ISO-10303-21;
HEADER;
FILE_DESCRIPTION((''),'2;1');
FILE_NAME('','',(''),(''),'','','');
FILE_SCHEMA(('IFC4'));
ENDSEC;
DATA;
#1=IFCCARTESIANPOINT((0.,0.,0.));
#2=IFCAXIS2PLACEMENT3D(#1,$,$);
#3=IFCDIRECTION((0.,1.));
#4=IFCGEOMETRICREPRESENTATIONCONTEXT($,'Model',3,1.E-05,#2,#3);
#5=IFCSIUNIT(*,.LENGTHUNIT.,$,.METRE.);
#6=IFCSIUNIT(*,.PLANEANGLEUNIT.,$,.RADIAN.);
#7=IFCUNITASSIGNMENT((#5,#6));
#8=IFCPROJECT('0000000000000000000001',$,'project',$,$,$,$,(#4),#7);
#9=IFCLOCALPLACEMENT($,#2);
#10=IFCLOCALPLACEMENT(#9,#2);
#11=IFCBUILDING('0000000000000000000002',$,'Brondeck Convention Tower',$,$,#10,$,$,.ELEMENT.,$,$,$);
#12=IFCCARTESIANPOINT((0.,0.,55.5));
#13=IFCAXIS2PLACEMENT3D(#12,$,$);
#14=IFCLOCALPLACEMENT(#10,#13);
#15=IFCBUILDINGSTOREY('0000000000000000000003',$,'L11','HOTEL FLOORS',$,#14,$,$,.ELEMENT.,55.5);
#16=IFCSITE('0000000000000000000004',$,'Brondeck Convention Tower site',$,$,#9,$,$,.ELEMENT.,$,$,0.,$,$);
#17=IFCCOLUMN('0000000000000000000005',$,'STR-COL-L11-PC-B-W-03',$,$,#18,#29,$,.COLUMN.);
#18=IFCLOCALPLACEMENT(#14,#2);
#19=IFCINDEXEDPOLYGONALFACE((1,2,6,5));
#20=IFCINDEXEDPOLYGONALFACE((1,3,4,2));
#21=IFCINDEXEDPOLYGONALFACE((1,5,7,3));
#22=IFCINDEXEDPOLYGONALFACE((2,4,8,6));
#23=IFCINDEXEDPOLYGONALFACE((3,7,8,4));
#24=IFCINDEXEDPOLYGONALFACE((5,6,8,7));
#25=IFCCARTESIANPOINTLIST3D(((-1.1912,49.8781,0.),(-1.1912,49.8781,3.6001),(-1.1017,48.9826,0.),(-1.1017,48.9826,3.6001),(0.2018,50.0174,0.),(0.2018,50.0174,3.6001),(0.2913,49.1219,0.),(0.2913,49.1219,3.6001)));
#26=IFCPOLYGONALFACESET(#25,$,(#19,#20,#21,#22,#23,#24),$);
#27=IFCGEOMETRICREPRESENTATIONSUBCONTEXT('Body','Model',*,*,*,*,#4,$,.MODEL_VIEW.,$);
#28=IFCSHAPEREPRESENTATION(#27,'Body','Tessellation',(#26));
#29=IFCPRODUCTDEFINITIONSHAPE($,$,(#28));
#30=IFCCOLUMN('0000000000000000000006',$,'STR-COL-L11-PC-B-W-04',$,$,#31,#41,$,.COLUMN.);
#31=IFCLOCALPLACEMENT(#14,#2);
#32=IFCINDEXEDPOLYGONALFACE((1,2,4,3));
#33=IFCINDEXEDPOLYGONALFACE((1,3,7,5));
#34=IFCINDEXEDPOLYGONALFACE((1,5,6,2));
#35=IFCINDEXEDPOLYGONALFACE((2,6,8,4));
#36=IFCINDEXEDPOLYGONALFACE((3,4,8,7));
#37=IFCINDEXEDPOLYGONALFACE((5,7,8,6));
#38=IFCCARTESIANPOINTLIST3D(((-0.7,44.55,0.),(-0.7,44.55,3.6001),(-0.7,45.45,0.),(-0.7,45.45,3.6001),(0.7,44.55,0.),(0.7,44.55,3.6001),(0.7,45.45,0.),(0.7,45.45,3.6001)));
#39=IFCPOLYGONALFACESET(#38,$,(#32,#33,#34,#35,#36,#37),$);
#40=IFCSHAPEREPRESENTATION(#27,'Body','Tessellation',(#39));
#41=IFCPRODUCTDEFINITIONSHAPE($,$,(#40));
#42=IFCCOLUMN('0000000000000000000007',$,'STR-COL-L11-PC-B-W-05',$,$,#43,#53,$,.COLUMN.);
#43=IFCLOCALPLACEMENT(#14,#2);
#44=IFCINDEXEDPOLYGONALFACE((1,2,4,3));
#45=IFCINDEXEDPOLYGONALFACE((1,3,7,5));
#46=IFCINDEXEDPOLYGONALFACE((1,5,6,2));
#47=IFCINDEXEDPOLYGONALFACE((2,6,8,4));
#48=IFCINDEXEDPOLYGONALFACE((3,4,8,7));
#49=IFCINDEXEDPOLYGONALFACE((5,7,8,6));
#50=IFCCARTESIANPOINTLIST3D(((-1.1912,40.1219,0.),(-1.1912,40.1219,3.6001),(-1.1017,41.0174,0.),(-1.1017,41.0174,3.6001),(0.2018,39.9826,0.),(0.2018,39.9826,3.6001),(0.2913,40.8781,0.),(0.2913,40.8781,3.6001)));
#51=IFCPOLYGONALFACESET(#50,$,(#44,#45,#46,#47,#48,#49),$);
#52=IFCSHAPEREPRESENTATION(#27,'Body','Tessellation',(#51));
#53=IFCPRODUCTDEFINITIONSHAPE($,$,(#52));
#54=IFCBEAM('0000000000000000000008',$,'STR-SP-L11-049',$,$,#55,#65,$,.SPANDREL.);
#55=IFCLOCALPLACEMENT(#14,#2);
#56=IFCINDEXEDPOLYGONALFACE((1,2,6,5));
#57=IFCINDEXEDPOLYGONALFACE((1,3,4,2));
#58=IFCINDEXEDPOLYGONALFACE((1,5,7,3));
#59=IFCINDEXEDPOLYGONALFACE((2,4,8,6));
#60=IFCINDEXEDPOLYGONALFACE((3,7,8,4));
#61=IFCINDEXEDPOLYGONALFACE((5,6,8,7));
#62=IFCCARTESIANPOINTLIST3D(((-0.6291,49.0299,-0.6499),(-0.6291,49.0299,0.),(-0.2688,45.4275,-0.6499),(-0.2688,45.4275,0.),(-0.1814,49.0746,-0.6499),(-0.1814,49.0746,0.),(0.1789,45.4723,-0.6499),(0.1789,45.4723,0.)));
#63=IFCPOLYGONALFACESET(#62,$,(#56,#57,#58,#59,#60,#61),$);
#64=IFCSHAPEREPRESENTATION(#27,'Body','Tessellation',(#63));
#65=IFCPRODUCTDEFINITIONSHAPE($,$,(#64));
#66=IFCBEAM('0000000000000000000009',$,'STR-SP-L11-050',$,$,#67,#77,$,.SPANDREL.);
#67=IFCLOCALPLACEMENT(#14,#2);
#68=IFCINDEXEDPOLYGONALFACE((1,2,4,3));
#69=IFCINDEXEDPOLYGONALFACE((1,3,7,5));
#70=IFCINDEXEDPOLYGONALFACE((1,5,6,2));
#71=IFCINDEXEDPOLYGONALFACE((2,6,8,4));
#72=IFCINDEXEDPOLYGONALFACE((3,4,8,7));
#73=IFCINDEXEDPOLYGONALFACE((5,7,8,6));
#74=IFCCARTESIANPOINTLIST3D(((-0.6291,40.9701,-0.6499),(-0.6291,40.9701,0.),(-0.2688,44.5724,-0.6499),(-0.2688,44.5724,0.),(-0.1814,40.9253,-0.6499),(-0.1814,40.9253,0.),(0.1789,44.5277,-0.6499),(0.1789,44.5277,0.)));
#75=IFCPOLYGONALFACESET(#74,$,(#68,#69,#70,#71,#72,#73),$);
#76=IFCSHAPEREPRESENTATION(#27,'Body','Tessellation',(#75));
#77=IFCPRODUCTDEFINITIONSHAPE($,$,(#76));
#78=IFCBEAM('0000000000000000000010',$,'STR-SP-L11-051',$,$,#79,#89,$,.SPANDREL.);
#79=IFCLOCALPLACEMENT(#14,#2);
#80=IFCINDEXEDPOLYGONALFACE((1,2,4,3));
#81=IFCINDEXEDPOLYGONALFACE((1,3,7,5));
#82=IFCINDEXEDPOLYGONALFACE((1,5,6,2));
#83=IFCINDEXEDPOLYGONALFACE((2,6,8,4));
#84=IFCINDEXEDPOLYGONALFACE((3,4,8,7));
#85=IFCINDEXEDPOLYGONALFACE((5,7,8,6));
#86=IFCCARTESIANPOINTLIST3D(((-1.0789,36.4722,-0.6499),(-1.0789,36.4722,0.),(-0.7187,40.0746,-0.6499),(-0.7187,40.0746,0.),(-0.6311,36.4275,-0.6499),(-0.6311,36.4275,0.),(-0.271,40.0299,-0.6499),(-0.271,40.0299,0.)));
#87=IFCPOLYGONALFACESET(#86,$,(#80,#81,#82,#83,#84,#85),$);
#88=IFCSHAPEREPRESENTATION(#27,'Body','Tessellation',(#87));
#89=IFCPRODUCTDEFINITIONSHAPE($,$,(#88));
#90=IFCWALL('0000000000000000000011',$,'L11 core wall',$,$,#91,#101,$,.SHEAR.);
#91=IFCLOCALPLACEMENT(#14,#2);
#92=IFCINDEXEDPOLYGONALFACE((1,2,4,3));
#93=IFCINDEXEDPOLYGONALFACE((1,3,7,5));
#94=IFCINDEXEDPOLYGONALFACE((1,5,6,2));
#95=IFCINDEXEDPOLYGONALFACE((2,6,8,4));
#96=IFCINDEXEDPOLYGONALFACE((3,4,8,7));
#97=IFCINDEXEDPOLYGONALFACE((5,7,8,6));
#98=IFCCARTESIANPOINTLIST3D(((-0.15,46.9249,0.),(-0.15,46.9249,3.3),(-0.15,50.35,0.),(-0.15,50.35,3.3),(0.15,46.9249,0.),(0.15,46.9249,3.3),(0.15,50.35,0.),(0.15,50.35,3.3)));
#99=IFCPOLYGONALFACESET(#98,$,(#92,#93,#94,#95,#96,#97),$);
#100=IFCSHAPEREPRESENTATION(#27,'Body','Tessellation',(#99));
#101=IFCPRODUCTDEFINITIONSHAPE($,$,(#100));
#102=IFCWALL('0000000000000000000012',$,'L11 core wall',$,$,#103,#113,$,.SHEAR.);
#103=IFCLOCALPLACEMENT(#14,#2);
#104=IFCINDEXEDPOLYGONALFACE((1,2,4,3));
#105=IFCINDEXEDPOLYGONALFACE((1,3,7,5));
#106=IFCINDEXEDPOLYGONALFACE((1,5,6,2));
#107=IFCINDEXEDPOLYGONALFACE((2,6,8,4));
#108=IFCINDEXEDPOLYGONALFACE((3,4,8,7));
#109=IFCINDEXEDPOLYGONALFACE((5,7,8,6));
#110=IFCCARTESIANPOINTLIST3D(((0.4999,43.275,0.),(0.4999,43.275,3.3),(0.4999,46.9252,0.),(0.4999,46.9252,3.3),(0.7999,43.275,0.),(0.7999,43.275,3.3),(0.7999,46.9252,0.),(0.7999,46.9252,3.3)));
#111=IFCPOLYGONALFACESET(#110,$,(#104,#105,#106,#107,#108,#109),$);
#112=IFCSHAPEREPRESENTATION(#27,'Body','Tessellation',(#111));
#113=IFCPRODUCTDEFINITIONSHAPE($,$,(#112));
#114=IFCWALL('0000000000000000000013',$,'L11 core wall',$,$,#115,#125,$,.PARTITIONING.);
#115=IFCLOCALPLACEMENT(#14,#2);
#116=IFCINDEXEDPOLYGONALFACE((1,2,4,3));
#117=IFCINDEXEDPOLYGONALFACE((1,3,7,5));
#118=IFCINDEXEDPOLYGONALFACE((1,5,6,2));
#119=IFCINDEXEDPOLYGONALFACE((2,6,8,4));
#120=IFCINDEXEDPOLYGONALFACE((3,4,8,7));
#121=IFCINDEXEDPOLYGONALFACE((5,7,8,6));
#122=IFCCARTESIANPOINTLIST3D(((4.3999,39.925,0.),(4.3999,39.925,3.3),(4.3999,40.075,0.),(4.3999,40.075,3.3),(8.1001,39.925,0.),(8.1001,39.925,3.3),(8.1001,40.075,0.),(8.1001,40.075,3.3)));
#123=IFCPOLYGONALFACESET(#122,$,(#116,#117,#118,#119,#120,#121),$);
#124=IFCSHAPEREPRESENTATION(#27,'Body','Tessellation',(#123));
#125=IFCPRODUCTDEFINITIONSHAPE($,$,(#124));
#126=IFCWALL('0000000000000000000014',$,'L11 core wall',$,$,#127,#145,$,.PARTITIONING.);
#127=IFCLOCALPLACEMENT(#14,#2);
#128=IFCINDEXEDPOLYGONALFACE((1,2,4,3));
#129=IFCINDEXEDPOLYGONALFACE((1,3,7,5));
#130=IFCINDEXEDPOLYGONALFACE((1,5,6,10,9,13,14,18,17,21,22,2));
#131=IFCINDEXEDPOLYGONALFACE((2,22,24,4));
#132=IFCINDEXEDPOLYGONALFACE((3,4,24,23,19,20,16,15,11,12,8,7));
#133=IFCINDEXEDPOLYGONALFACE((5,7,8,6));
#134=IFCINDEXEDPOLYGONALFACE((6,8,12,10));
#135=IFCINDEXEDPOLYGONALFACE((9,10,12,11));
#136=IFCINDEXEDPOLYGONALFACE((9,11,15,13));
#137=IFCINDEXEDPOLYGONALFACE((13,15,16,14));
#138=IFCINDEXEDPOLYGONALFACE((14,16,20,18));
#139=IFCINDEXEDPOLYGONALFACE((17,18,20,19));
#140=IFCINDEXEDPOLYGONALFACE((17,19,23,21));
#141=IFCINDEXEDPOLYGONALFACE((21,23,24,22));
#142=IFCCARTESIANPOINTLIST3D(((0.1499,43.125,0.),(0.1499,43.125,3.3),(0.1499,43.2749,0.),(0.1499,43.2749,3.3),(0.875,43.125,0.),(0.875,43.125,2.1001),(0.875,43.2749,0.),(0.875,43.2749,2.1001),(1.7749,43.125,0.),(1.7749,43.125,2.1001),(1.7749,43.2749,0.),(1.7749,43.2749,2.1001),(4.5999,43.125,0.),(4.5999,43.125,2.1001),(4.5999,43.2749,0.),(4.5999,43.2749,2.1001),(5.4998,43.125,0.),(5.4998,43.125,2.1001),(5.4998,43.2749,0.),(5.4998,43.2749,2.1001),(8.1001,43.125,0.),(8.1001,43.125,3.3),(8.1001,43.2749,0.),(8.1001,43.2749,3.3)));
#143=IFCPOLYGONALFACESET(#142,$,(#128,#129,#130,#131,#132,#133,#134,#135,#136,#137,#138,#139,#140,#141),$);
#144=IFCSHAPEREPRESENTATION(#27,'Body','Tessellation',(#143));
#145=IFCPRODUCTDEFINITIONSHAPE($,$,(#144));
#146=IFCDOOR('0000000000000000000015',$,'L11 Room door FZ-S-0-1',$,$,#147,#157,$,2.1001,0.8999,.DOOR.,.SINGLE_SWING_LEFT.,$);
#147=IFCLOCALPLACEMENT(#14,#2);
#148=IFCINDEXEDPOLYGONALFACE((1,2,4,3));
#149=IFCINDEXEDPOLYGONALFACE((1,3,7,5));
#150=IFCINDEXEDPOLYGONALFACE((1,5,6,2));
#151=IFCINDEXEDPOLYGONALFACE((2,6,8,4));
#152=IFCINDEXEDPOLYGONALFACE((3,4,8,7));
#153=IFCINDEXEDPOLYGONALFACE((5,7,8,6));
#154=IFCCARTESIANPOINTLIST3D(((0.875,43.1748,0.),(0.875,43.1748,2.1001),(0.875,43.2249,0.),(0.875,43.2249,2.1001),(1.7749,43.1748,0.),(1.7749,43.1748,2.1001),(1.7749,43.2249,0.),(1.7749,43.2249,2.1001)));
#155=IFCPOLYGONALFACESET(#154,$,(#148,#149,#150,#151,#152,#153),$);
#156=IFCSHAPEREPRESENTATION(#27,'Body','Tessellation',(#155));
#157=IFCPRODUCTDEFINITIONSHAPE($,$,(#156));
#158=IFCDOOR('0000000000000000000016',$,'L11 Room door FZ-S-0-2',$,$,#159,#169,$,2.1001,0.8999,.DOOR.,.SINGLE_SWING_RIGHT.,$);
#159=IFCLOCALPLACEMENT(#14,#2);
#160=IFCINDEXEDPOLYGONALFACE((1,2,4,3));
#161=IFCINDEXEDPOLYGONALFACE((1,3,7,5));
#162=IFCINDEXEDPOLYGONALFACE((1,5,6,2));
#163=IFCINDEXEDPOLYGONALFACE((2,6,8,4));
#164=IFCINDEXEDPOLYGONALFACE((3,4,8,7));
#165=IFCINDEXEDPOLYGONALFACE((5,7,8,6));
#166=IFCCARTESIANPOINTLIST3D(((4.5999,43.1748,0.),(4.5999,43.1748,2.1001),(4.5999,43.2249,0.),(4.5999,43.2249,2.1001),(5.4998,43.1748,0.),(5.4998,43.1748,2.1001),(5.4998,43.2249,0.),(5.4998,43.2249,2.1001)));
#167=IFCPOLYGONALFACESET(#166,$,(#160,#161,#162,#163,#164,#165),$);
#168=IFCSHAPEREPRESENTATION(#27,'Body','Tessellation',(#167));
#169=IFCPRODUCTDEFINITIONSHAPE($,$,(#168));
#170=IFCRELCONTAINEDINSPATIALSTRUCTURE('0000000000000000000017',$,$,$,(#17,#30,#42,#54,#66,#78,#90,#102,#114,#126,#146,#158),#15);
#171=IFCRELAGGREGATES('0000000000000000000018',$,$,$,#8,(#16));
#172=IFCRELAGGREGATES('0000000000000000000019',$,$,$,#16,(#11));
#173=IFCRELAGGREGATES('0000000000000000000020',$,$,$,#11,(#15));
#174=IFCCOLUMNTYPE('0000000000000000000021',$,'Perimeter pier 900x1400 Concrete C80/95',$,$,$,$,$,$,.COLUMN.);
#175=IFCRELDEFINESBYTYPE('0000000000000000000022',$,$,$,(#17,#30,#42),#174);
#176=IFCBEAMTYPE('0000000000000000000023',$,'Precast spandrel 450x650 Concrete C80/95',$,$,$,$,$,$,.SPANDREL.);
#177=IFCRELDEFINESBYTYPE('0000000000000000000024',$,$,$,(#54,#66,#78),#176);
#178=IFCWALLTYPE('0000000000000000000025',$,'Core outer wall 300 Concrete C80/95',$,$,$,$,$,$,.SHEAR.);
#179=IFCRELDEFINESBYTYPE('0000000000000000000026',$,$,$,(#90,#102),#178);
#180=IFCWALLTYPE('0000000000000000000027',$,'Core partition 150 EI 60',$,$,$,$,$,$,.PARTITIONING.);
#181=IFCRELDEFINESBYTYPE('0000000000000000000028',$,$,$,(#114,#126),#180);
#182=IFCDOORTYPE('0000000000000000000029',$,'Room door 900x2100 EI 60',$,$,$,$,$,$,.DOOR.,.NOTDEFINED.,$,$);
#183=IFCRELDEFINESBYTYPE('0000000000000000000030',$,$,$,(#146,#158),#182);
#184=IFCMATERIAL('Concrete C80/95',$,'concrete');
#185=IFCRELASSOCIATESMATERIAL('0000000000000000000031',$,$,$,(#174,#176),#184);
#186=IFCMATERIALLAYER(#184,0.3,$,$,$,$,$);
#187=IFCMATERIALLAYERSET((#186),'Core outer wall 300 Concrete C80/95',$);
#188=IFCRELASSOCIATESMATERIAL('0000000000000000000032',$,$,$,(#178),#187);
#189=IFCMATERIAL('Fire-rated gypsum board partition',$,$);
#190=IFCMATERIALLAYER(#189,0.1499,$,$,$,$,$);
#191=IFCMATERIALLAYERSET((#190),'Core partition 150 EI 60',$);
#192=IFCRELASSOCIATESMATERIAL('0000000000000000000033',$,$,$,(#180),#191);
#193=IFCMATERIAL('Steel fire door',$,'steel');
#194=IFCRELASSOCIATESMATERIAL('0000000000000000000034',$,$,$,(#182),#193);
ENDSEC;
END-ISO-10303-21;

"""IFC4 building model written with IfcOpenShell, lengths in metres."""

from ifc_helpers import new_model, si_unit, direction, frame, frame_2d, origin, origin_2d, place, context, subcontext, project, spatial, rectangle, extrude, material, layer, layer_set, material_profile, profile_set, type_object, element, fill, save


model = new_model("IFC4")

# Units and contexts
model_context = context("Model", 3, precision=1e-05, world=origin(), true_north=direction((0.0, 1.0)))
body_context = subcontext(model_context, "Body", "Model", "MODEL_VIEW")
ifc_project = project(units=[si_unit("LENGTHUNIT", "METRE"), si_unit("PLANEANGLEUNIT", "RADIAN")], contexts=[model_context])

# Site, building, storey
site_placement = place(None, origin())
site = spatial("IfcSite", under=ifc_project, at=site_placement, Name="Brondeck Convention Tower site", CompositionType="ELEMENT", RefElevation=0.0)
building_placement = place(site_placement, origin())
building = spatial("IfcBuilding", under=site, at=building_placement, Name="Brondeck Convention Tower", CompositionType="ELEMENT")
storey_placement = place(building_placement, frame((0.0, 0.0, 55.5)))
storey = spatial("IfcBuildingStorey", under=building, at=storey_placement, Name="L11", Description="HOTEL FLOORS", CompositionType="ELEMENT", Elevation=55.5)

# Columns
ifc_material_1 = material(Name="Concrete C80/95", Category="concrete")
ifc_material_profile_1 = material_profile(ifc_material_1, rectangle(XDim=0.8999, YDim=1.3999, at=origin_2d()), Name="Perimeter pier 900x1400 Concrete C80/95")
ifc_profile_set_1 = profile_set([ifc_material_profile_1], Name="Concrete C80/95")
column_type = type_object("IfcColumnType", Name="Perimeter pier 900x1400 Concrete C80/95", PredefinedType="COLUMN", material=ifc_profile_set_1)
for number, where, z_axis, x_axis, name in (
    (1, (-0.45, 49.5, 0.0), (0.0, 0.0, 1.0), (0.099504, -0.995037, 0.0), "STR-COL-L11-PC-B-W-03"),
    (2, (0.0, 45.0, 0.0), (0.0, 0.0, 1.0), (0.0, -1.0, 0.0), "STR-COL-L11-PC-B-W-04"),
    (3, (-0.45, 40.5, 0.0), (0.0, 0.0, 1.0), (-0.099504, -0.995037, 0.0), "STR-COL-L11-PC-B-W-05"),
):
    element("IfcColumn", number, at=place(storey_placement, frame(where, z_axis=z_axis, x_axis=x_axis)), inside=storey, type_object=column_type, Name=name, PredefinedType="COLUMN", context=body_context, shape_type="SweptSolid", body=[
        extrude(rectangle(XDim=0.8999, YDim=1.3999, at=origin_2d()), origin(), (0.0, 0.0, 1.0), 3.6001),
    ])

# Beams
ifc_material_profile_2 = material_profile(ifc_material_1, rectangle(XDim=0.45, YDim=0.6499, at=origin_2d()), Name="Precast spandrel 450x650 Concrete C80/95")
ifc_profile_set_2 = profile_set([ifc_material_profile_2], Name="Concrete C80/95")
beam_type = type_object("IfcBeamType", Name="Precast spandrel 450x650 Concrete C80/95", PredefinedType="SPANDREL", material=ifc_profile_set_2)
for number, where, z_axis, x_axis, name in (
    (4, (-0.4053, 49.0522, -0.325), (0.099537, -0.995034, 0.0), (0.995034, 0.099537, 0.0), "STR-SP-L11-049"),
    (5, (-0.0449, 44.55, -0.325), (-0.099537, -0.995034, 0.0), (0.995034, -0.099537, 0.0), "STR-SP-L11-050"),
    (6, (-0.4949, 40.0522, -0.325), (-0.09947, -0.995041, 0.0), (0.995041, -0.09947, 0.0), "STR-SP-L11-051"),
):
    element("IfcBeam", number, at=place(storey_placement, frame(where, z_axis=z_axis, x_axis=x_axis)), inside=storey, type_object=beam_type, Name=name, PredefinedType="SPANDREL", context=body_context, shape_type="SweptSolid", body=[
        extrude(rectangle(XDim=0.45, YDim=0.6499, at=origin_2d()), origin(), (0.0, 0.0, 1.0), 3.6204),
    ])

# Walls
ifc_layer_1 = layer(ifc_material_1, 0.3)
ifc_layer_set_1 = layer_set([ifc_layer_1], Name="Core outer wall 300 Concrete C80/95")
wall_type_1 = type_object("IfcWallType", Name="Core outer wall 300 Concrete C80/95", PredefinedType="SHEAR", material=ifc_layer_set_1)
wall_1_placement = place(storey_placement, frame((0.0, 46.925, 0.0), z_axis=(0.0, 0.0, 1.0), x_axis=(0.0, 1.0, 0.0)))
element("IfcWall", 7, at=wall_1_placement, inside=storey, type_object=wall_type_1, Name="L11 core wall", PredefinedType="SHEAR", context=body_context, shape_type="SweptSolid", body=[
    extrude(rectangle(XDim=3.425, YDim=0.3, at=frame_2d((1.7124, 0.0))), origin(), (0.0, 0.0, 1.0), 3.3),
])
wall_2_placement = place(storey_placement, frame((0.6499, 43.2749, 0.0), z_axis=(0.0, 0.0, 1.0), x_axis=(0.0, 1.0, 0.0)))
element("IfcWall", 8, at=wall_2_placement, inside=storey, type_object=wall_type_1, Name="L11 core wall", PredefinedType="SHEAR", context=body_context, shape_type="SweptSolid", body=[
    extrude(rectangle(XDim=3.6501, YDim=0.3, at=frame_2d((1.8252, 0.0))), origin(), (0.0, 0.0, 1.0), 3.3),
])
ifc_material_2 = material(Name="Fire-rated gypsum board partition")
ifc_layer_2 = layer(ifc_material_2, 0.1499)
ifc_layer_set_2 = layer_set([ifc_layer_2], Name="Core partition 150 EI 60")
wall_type_2 = type_object("IfcWallType", Name="Core partition 150 EI 60", PredefinedType="PARTITIONING", material=ifc_layer_set_2)
wall_3_placement = place(storey_placement, frame((4.3999, 40.0, 0.0), z_axis=(0.0, 0.0, 1.0), x_axis=(1.0, 0.0, 0.0)))
element("IfcWall", 9, at=wall_3_placement, inside=storey, type_object=wall_type_2, Name="L11 core wall", PredefinedType="PARTITIONING", context=body_context, shape_type="SweptSolid", body=[
    extrude(rectangle(XDim=3.7002, YDim=0.1499, at=frame_2d((1.8501, 0.0))), origin(), (0.0, 0.0, 1.0), 3.3),
])

# Wall, openings, doors
wall_4_placement = place(storey_placement, frame((0.1499, 43.2, 0.0), z_axis=(0.0, 0.0, 1.0), x_axis=(1.0, 0.0, 0.0)))
wall_4 = element("IfcWall", 10, at=wall_4_placement, inside=storey, type_object=wall_type_2, Name="L11 core wall", PredefinedType="PARTITIONING", context=body_context, shape_type="SweptSolid", body=[
    extrude(rectangle(XDim=7.9502, YDim=0.1499, at=frame_2d((3.9751, 0.0))), origin(), (0.0, 0.0, 1.0), 3.3),
])
opening_1_placement = place(wall_4_placement, frame((0.7251, 0.0, 0.0)))
opening_1 = element("IfcOpeningElement", 11, at=opening_1_placement, cuts=wall_4, PredefinedType="OPENING", context=body_context, shape_type="SweptSolid", body=[
    extrude(rectangle(XDim=0.8999, YDim=2.1001, at=frame_2d((0.45, 1.05))), frame((0.0, 0.085, 0.0), z_axis=(0.0, -1.0, 0.0), x_axis=(1.0, 0.0, 0.0)), (0.0, 0.0, 1.0), 0.1699),
])
opening_2_placement = place(wall_4_placement, frame((4.45, 0.0, 0.0)))
opening_2 = element("IfcOpeningElement", 12, at=opening_2_placement, cuts=wall_4, PredefinedType="OPENING", context=body_context, shape_type="SweptSolid", body=[
    extrude(rectangle(XDim=0.8999, YDim=2.1001, at=frame_2d((0.45, 1.05))), frame((0.0, 0.085, 0.0), z_axis=(0.0, -1.0, 0.0), x_axis=(1.0, 0.0, 0.0)), (0.0, 0.0, 1.0), 0.1699),
])
ifc_material_3 = material(Name="Steel fire door", Category="steel")
door_type = type_object("IfcDoorType", Name="Room door 900x2100 EI 60", OperationType="NOTDEFINED", PredefinedType="DOOR", material=ifc_material_3)
door_1_placement = place(opening_1_placement, origin())
door_1 = element("IfcDoor", 13, at=door_1_placement, inside=storey, type_object=door_type, Name="L11 Room door FZ-S-0-1", OperationType="SINGLE_SWING_LEFT", OverallHeight=2.1001, OverallWidth=0.8999, PredefinedType="DOOR", context=body_context, shape_type="SweptSolid", body=[
    extrude(rectangle(XDim=0.8999, YDim=2.1001, at=frame_2d((0.45, 1.05))), frame((0.0, 0.0249, 0.0), z_axis=(0.0, -1.0, 0.0), x_axis=(1.0, 0.0, 0.0)), (0.0, 0.0, 1.0), 0.05),
])
fill(opening_1, door_1)
door_2_placement = place(opening_2_placement, origin())
door_2 = element("IfcDoor", 14, at=door_2_placement, inside=storey, type_object=door_type, Name="L11 Room door FZ-S-0-2", OperationType="SINGLE_SWING_RIGHT", OverallHeight=2.1001, OverallWidth=0.8999, PredefinedType="DOOR", context=body_context, shape_type="SweptSolid", body=[
    extrude(rectangle(XDim=0.8999, YDim=2.1001, at=frame_2d((0.45, 1.05))), frame((0.0, 0.0249, 0.0), z_axis=(0.0, -1.0, 0.0), x_axis=(1.0, 0.0, 0.0)), (0.0, 0.0, 1.0), 0.05),
])
fill(opening_2, door_2)

save(model, "model.ifc")
